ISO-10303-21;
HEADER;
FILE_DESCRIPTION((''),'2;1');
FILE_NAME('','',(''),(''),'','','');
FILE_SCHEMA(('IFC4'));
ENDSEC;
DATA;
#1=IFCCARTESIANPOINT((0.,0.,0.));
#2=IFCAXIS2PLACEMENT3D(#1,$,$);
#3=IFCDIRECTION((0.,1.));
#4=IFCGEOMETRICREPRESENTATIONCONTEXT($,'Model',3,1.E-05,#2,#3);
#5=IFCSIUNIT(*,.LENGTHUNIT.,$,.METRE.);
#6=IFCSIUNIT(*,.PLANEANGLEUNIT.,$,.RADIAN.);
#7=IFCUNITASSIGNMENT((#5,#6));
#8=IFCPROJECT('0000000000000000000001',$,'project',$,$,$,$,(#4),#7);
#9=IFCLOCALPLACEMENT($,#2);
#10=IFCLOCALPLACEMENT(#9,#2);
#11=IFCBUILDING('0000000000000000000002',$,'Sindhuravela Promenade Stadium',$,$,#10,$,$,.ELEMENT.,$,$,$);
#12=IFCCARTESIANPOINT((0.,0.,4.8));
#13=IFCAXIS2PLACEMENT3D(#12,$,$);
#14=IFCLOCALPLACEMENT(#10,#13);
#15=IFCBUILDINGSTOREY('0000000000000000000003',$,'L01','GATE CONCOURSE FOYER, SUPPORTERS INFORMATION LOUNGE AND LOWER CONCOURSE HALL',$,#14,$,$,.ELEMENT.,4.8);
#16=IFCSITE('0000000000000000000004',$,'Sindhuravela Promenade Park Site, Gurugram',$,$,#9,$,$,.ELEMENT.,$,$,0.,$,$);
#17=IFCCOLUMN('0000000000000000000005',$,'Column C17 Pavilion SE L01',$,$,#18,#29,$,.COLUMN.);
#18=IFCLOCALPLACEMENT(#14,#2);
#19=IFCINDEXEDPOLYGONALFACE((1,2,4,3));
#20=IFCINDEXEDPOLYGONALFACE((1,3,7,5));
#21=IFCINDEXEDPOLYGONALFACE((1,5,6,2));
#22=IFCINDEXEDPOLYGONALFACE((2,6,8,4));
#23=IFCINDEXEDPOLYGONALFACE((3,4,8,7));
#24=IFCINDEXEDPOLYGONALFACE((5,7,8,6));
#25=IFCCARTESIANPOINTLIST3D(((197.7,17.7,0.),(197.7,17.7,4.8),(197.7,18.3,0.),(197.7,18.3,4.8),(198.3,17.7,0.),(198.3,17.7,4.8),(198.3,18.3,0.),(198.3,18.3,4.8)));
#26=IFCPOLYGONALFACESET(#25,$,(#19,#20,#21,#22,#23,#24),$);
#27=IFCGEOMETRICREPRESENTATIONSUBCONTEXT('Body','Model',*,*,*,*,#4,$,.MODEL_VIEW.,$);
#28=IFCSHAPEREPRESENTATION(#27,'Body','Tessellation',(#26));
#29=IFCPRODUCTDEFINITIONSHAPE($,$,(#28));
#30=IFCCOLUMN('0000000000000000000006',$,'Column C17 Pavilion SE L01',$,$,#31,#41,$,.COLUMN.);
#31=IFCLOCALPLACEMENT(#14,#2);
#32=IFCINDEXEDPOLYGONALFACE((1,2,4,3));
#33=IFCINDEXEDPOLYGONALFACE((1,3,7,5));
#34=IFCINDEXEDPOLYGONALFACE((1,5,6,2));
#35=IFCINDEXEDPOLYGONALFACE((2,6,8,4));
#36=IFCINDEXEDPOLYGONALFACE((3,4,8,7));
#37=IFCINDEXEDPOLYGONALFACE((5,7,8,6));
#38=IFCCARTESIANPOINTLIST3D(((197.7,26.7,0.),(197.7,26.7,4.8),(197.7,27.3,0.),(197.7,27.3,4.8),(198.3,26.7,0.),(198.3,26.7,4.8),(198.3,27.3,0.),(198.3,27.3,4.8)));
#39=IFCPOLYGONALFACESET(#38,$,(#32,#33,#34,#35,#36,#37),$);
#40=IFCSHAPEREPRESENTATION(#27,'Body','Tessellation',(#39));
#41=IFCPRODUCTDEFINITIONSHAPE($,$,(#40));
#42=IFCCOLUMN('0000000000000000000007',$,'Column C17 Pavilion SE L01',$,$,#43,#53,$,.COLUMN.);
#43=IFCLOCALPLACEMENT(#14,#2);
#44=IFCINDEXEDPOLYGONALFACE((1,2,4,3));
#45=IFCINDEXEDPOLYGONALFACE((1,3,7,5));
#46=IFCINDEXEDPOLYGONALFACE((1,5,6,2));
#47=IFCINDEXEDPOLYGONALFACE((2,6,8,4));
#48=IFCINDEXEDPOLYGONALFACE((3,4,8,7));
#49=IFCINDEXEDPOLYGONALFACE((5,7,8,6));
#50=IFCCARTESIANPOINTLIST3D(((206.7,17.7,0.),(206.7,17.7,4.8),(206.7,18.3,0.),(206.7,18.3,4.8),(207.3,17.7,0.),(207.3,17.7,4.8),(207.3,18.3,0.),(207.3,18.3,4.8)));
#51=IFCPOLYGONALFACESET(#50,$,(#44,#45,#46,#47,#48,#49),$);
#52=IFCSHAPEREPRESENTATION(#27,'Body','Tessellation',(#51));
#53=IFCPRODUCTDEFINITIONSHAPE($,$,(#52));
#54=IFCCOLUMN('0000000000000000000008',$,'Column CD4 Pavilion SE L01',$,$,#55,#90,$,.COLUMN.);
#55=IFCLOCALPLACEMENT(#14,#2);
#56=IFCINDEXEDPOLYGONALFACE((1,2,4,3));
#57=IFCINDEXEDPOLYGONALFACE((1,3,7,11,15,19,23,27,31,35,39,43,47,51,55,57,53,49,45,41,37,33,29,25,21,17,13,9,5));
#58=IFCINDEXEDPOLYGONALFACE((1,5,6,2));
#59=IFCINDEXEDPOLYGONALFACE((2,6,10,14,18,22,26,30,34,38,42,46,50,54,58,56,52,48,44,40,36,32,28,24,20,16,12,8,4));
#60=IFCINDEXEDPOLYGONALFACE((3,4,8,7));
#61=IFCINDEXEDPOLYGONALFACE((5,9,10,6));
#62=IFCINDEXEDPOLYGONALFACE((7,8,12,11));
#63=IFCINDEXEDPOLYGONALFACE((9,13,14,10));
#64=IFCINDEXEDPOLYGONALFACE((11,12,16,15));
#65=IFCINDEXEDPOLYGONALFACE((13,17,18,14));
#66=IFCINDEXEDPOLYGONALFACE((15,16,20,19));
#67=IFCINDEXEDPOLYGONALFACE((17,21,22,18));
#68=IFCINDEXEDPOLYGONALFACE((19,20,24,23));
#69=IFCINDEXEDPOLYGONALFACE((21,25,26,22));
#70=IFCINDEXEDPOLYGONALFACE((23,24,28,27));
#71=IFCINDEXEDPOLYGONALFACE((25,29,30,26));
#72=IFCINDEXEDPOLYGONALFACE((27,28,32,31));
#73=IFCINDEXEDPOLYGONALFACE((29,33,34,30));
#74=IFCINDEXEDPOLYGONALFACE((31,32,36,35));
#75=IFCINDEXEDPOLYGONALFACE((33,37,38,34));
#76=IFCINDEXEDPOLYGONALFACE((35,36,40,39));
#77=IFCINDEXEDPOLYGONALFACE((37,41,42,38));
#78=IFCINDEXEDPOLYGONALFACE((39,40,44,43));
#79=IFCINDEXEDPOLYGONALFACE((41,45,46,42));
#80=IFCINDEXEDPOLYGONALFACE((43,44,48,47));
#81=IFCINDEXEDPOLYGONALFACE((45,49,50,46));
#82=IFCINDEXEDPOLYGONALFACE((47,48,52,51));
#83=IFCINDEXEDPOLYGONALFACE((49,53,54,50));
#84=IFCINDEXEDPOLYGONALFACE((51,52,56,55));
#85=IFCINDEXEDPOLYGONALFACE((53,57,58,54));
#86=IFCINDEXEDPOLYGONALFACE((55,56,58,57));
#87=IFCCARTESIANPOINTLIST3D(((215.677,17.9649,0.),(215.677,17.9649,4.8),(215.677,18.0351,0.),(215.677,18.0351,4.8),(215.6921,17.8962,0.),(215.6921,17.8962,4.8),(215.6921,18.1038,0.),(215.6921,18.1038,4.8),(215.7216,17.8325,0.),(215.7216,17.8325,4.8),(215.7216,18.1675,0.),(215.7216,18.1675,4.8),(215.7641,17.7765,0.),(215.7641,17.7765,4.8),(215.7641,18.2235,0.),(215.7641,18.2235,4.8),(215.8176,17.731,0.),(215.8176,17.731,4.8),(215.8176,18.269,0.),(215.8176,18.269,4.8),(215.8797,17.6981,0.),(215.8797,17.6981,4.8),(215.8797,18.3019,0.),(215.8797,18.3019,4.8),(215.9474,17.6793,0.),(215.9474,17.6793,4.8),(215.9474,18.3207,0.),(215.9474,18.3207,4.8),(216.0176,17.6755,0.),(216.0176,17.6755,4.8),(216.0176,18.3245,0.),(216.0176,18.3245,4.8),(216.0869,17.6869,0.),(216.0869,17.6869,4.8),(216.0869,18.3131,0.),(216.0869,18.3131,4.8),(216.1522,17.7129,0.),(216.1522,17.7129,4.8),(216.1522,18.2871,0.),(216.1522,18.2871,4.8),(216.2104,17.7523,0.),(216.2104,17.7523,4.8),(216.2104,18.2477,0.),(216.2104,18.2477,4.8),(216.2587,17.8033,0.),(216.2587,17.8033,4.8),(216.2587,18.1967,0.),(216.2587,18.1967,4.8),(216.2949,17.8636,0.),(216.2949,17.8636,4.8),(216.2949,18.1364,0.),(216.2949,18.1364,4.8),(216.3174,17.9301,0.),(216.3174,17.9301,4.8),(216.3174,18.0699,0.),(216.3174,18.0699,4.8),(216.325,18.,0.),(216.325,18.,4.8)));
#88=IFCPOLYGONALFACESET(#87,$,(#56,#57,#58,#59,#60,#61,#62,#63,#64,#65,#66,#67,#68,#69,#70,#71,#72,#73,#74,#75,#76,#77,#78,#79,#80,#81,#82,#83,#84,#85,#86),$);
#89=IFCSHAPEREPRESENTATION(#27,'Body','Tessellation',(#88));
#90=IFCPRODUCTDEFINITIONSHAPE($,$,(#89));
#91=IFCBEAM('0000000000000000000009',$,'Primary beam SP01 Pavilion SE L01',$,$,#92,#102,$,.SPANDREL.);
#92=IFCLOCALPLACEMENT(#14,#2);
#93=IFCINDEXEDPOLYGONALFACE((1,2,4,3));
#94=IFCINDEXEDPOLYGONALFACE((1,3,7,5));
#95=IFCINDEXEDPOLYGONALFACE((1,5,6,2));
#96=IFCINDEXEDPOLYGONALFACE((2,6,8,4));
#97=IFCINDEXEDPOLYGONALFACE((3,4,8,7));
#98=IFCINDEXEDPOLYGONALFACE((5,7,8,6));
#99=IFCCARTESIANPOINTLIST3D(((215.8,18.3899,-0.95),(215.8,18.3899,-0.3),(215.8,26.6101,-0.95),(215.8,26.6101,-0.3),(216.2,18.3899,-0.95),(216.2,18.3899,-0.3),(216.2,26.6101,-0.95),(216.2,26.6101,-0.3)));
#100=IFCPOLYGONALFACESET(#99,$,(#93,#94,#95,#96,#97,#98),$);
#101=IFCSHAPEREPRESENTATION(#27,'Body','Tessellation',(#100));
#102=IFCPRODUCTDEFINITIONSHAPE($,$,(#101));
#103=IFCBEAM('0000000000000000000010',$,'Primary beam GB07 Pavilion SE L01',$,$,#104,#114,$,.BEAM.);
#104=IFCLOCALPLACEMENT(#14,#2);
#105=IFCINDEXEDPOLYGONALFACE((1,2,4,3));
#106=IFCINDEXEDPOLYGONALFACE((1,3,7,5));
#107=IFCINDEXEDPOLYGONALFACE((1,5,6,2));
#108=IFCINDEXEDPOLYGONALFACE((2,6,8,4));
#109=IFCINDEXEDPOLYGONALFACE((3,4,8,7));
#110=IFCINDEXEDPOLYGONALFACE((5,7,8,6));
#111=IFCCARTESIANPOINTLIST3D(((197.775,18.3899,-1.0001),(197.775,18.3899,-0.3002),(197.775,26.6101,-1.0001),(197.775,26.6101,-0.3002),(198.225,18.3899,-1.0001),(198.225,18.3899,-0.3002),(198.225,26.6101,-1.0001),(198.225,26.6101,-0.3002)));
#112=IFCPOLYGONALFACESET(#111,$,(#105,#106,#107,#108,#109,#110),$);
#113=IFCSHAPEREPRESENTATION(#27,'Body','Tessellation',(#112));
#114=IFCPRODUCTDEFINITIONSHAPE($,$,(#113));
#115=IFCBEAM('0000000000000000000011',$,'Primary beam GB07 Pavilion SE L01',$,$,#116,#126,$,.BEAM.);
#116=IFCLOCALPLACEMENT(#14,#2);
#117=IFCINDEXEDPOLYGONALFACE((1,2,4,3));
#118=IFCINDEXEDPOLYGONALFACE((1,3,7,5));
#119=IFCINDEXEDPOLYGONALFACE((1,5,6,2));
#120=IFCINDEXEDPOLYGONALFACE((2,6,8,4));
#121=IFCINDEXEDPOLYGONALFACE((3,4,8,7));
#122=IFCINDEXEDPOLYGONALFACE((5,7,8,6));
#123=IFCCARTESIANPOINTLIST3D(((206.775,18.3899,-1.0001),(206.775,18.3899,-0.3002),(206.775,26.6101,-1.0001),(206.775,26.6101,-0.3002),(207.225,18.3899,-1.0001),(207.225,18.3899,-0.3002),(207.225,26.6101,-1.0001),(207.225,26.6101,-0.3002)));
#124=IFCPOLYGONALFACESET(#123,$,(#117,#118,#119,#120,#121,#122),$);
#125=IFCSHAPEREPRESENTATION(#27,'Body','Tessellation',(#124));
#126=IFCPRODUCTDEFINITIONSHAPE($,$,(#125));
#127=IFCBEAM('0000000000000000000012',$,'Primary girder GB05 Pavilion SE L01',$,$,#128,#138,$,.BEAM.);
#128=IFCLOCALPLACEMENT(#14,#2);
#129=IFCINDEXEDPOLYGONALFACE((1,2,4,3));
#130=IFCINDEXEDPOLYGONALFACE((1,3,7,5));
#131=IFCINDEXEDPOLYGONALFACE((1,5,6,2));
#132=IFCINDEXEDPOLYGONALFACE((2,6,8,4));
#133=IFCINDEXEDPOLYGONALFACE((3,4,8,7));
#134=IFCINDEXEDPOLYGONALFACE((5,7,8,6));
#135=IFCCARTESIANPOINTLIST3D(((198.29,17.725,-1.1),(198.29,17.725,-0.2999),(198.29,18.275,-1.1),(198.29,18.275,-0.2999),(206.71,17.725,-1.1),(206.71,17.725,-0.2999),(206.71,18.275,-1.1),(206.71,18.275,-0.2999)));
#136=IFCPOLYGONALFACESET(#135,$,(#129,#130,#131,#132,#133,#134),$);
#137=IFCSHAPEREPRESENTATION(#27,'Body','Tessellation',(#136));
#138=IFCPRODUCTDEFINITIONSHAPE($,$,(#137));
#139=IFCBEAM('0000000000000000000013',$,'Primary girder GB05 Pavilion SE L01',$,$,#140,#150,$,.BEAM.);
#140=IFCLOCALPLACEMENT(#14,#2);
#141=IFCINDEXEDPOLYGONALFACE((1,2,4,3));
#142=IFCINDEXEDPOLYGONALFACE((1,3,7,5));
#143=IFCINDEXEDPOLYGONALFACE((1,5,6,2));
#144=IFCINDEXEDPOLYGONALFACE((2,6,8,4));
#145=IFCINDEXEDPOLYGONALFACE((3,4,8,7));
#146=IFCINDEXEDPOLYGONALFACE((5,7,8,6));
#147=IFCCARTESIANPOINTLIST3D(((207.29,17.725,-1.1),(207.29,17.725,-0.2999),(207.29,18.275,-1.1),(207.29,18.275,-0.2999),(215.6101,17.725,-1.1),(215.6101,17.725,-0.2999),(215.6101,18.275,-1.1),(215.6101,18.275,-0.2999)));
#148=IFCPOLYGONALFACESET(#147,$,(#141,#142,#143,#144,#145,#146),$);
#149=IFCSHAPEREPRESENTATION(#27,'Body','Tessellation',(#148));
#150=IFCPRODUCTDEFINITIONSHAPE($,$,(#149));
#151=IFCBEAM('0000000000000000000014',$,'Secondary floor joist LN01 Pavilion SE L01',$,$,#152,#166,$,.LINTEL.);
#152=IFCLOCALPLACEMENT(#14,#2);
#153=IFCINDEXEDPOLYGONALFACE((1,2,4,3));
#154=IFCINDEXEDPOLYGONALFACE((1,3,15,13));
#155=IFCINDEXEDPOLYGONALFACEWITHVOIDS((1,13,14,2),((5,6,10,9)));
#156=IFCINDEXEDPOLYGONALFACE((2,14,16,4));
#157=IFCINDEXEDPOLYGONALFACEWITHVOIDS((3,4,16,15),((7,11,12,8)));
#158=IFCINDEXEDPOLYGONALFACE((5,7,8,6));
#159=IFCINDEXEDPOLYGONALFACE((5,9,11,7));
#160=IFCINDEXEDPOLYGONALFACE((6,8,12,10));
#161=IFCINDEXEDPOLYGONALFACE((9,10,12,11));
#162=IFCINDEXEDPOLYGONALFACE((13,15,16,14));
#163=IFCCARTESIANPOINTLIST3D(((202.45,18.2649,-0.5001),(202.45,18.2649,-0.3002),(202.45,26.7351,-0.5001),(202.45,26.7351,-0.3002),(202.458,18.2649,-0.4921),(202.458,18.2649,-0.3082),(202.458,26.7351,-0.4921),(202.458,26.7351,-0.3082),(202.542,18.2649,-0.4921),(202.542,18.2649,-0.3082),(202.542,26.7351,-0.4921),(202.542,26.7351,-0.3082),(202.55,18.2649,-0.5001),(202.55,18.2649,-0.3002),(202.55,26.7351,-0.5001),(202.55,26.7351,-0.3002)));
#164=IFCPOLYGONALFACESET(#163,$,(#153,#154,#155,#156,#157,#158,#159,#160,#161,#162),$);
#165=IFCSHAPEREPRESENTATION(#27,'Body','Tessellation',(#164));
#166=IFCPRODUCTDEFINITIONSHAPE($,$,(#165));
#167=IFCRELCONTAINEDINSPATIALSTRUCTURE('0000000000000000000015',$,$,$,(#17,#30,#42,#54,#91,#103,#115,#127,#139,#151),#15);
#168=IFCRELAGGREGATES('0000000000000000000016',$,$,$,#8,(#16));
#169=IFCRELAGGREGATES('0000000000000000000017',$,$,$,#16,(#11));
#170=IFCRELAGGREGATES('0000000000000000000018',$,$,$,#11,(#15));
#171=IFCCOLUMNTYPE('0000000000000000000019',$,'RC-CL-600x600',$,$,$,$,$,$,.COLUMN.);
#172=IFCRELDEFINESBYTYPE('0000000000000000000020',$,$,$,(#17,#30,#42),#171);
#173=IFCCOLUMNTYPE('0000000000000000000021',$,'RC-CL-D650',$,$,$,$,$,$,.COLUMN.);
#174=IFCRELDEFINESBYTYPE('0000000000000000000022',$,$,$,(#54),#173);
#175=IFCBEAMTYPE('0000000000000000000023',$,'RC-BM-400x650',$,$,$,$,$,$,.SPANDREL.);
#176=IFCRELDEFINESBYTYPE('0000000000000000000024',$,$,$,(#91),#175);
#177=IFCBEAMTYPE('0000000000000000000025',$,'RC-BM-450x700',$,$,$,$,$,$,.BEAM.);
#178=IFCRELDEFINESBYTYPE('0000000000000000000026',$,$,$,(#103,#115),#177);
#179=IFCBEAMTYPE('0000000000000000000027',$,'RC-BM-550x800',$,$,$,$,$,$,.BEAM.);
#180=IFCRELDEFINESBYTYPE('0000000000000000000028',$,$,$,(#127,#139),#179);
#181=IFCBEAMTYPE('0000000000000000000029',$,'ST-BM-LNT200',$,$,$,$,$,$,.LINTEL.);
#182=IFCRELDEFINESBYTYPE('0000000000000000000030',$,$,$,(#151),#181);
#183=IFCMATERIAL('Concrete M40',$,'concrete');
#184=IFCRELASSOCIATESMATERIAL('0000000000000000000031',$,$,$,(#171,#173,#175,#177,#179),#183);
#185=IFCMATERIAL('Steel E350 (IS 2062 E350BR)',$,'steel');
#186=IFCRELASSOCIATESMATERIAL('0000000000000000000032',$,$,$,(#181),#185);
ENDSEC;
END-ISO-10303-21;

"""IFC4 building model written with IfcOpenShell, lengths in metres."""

from ifc_helpers import new_model, si_unit, direction, frame, origin, origin_2d, place, context, subcontext, project, spatial, rectangle, hollow_rectangle, circle, extrude, material, material_profile, profile_set, type_object, element, save


model = new_model("IFC4")

# Units and contexts
model_context = context("Model", 3, precision=1e-05, world=origin(), true_north=direction((0.0, 1.0)))
body_context = subcontext(model_context, "Body", "Model", "MODEL_VIEW")
ifc_project = project(units=[si_unit("LENGTHUNIT", "METRE"), si_unit("PLANEANGLEUNIT", "RADIAN")], contexts=[model_context])

# Site, building, storey
site_placement = place(None, origin())
site = spatial("IfcSite", under=ifc_project, at=site_placement, Name="Sindhuravela Promenade Park Site, Gurugram", CompositionType="ELEMENT", RefElevation=0.0)
building_placement = place(site_placement, origin())
building = spatial("IfcBuilding", under=site, at=building_placement, Name="Sindhuravela Promenade Stadium", CompositionType="ELEMENT")
storey_placement = place(building_placement, frame((0.0, 0.0, 4.8)))
storey = spatial("IfcBuildingStorey", under=building, at=storey_placement, Name="L01", Description="GATE CONCOURSE FOYER, SUPPORTERS INFORMATION LOUNGE AND LOWER CONCOURSE HALL", CompositionType="ELEMENT", Elevation=4.8)

# Columns
ifc_material_1 = material(Name="Concrete M40", Category="concrete")
ifc_material_profile_1 = material_profile(ifc_material_1, rectangle(XDim=0.6001, YDim=0.6001, at=origin_2d()), Name="RC 600x600")
ifc_profile_set_1 = profile_set([ifc_material_profile_1], Name="Concrete M40")
column_type_1 = type_object("IfcColumnType", Name="RC-CL-600x600", PredefinedType="COLUMN", material=ifc_profile_set_1)
for number, where, z_axis, x_axis, name in (
    (1, (198.0, 18.0, 0.0), (0.0, 0.0, 1.0), (1.0, 0.0, 0.0), "Column C17 Pavilion SE L01"),
    (2, (198.0, 27.0, 0.0), (0.0, 0.0, 1.0), (1.0, 0.0, 0.0), "Column C17 Pavilion SE L01"),
    (3, (207.0, 18.0, 0.0), (0.0, 0.0, 1.0), (1.0, 0.0, 0.0), "Column C17 Pavilion SE L01"),
):
    element("IfcColumn", number, at=place(storey_placement, frame(where, z_axis=z_axis, x_axis=x_axis)), inside=storey, type_object=column_type_1, Name=name, PredefinedType="COLUMN", context=body_context, shape_type="SweptSolid", body=[
        extrude(rectangle(XDim=0.6001, YDim=0.6001, at=origin_2d()), origin(), (0.0, 0.0, 1.0), 4.8),
    ])
ifc_material_profile_2 = material_profile(ifc_material_1, circle(Radius=0.325, at=origin_2d()), Name="RC D650")
ifc_profile_set_2 = profile_set([ifc_material_profile_2], Name="Concrete M40")
column_type_2 = type_object("IfcColumnType", Name="RC-CL-D650", PredefinedType="COLUMN", material=ifc_profile_set_2)
column_placement = place(storey_placement, frame((216.0, 18.0, 0.0), z_axis=(0.0, 0.0, 1.0), x_axis=(1.0, 0.0, 0.0)))
element("IfcColumn", 4, at=column_placement, inside=storey, type_object=column_type_2, Name="Column CD4 Pavilion SE L01", PredefinedType="COLUMN", context=body_context, shape_type="SweptSolid", body=[
    extrude(circle(Radius=0.325, at=origin_2d()), origin(), (0.0, 0.0, 1.0), 4.8),
])

# Beams
ifc_material_profile_3 = material_profile(ifc_material_1, rectangle(XDim=0.3999, YDim=0.6499, at=origin_2d()), Name="RC 400x650")
ifc_profile_set_3 = profile_set([ifc_material_profile_3], Name="Concrete M40")
beam_type_1 = type_object("IfcBeamType", Name="RC-BM-400x650", PredefinedType="SPANDREL", material=ifc_profile_set_3)
beam_1_placement = place(storey_placement, frame((216.0, 18.3899, -0.625), z_axis=(0.0, 1.0, 0.0), x_axis=(-1.0, 0.0, 0.0)))
element("IfcBeam", 5, at=beam_1_placement, inside=storey, type_object=beam_type_1, Name="Primary beam SP01 Pavilion SE L01", PredefinedType="SPANDREL", context=body_context, shape_type="SweptSolid", body=[
    extrude(rectangle(XDim=0.3999, YDim=0.6499, at=origin_2d()), origin(), (0.0, 0.0, 1.0), 8.2202),
])
ifc_material_profile_4 = material_profile(ifc_material_1, rectangle(XDim=0.45, YDim=0.7, at=origin_2d()), Name="RC 450x700")
ifc_profile_set_4 = profile_set([ifc_material_profile_4], Name="Concrete M40")
beam_type_2 = type_object("IfcBeamType", Name="RC-BM-450x700", PredefinedType="BEAM", material=ifc_profile_set_4)
for number, where, z_axis, x_axis, name in (
    (6, (198.0, 18.3899, -0.6501), (0.0, 1.0, 0.0), (-1.0, 0.0, 0.0), "Primary beam GB07 Pavilion SE L01"),
    (7, (207.0, 18.3899, -0.6501), (0.0, 1.0, 0.0), (-1.0, 0.0, 0.0), "Primary beam GB07 Pavilion SE L01"),
):
    element("IfcBeam", number, at=place(storey_placement, frame(where, z_axis=z_axis, x_axis=x_axis)), inside=storey, type_object=beam_type_2, Name=name, PredefinedType="BEAM", context=body_context, shape_type="SweptSolid", body=[
        extrude(rectangle(XDim=0.45, YDim=0.7, at=origin_2d()), origin(), (0.0, 0.0, 1.0), 8.2202),
    ])
ifc_material_profile_5 = material_profile(ifc_material_1, rectangle(XDim=0.55, YDim=0.8, at=origin_2d()), Name="RC 550x800")
ifc_profile_set_5 = profile_set([ifc_material_profile_5], Name="Concrete M40")
beam_type_3 = type_object("IfcBeamType", Name="RC-BM-550x800", PredefinedType="BEAM", material=ifc_profile_set_5)
beam_2_placement = place(storey_placement, frame((198.29, 18.0, -0.7), z_axis=(1.0, 0.0, 0.0), x_axis=(0.0, 1.0, 0.0)))
element("IfcBeam", 8, at=beam_2_placement, inside=storey, type_object=beam_type_3, Name="Primary girder GB05 Pavilion SE L01", PredefinedType="BEAM", context=body_context, shape_type="SweptSolid", body=[
    extrude(rectangle(XDim=0.55, YDim=0.8, at=origin_2d()), origin(), (0.0, 0.0, 1.0), 8.4199),
])
beam_3_placement = place(storey_placement, frame((207.29, 18.0, -0.7), z_axis=(1.0, 0.0, 0.0), x_axis=(0.0, 1.0, 0.0)))
element("IfcBeam", 9, at=beam_3_placement, inside=storey, type_object=beam_type_3, Name="Primary girder GB05 Pavilion SE L01", PredefinedType="BEAM", context=body_context, shape_type="SweptSolid", body=[
    extrude(rectangle(XDim=0.55, YDim=0.8, at=origin_2d()), origin(), (0.0, 0.0, 1.0), 8.3201),
])
ifc_material_2 = material(Name="Steel E350 (IS 2062 E350BR)", Category="steel")
ifc_material_profile_6 = material_profile(ifc_material_2, hollow_rectangle(XDim=0.1001, YDim=0.2, WallThickness=0.0081, at=origin_2d()), Name="RHS 200x100x8")
ifc_profile_set_6 = profile_set([ifc_material_profile_6], Name="Steel E350 (IS 2062 E350BR)")
beam_type_4 = type_object("IfcBeamType", Name="ST-BM-LNT200", PredefinedType="LINTEL", material=ifc_profile_set_6)
beam_4_placement = place(storey_placement, frame((202.5, 18.2649, -0.4001), z_axis=(0.0, 1.0, 0.0), x_axis=(-1.0, 0.0, 0.0)))
element("IfcBeam", 10, at=beam_4_placement, inside=storey, type_object=beam_type_4, Name="Secondary floor joist LN01 Pavilion SE L01", PredefinedType="LINTEL", context=body_context, shape_type="SweptSolid", body=[
    extrude(hollow_rectangle(XDim=0.1001, YDim=0.2, WallThickness=0.0081, at=origin_2d()), origin(), (0.0, 0.0, 1.0), 8.4702),
])

save(model, "model.ifc")
